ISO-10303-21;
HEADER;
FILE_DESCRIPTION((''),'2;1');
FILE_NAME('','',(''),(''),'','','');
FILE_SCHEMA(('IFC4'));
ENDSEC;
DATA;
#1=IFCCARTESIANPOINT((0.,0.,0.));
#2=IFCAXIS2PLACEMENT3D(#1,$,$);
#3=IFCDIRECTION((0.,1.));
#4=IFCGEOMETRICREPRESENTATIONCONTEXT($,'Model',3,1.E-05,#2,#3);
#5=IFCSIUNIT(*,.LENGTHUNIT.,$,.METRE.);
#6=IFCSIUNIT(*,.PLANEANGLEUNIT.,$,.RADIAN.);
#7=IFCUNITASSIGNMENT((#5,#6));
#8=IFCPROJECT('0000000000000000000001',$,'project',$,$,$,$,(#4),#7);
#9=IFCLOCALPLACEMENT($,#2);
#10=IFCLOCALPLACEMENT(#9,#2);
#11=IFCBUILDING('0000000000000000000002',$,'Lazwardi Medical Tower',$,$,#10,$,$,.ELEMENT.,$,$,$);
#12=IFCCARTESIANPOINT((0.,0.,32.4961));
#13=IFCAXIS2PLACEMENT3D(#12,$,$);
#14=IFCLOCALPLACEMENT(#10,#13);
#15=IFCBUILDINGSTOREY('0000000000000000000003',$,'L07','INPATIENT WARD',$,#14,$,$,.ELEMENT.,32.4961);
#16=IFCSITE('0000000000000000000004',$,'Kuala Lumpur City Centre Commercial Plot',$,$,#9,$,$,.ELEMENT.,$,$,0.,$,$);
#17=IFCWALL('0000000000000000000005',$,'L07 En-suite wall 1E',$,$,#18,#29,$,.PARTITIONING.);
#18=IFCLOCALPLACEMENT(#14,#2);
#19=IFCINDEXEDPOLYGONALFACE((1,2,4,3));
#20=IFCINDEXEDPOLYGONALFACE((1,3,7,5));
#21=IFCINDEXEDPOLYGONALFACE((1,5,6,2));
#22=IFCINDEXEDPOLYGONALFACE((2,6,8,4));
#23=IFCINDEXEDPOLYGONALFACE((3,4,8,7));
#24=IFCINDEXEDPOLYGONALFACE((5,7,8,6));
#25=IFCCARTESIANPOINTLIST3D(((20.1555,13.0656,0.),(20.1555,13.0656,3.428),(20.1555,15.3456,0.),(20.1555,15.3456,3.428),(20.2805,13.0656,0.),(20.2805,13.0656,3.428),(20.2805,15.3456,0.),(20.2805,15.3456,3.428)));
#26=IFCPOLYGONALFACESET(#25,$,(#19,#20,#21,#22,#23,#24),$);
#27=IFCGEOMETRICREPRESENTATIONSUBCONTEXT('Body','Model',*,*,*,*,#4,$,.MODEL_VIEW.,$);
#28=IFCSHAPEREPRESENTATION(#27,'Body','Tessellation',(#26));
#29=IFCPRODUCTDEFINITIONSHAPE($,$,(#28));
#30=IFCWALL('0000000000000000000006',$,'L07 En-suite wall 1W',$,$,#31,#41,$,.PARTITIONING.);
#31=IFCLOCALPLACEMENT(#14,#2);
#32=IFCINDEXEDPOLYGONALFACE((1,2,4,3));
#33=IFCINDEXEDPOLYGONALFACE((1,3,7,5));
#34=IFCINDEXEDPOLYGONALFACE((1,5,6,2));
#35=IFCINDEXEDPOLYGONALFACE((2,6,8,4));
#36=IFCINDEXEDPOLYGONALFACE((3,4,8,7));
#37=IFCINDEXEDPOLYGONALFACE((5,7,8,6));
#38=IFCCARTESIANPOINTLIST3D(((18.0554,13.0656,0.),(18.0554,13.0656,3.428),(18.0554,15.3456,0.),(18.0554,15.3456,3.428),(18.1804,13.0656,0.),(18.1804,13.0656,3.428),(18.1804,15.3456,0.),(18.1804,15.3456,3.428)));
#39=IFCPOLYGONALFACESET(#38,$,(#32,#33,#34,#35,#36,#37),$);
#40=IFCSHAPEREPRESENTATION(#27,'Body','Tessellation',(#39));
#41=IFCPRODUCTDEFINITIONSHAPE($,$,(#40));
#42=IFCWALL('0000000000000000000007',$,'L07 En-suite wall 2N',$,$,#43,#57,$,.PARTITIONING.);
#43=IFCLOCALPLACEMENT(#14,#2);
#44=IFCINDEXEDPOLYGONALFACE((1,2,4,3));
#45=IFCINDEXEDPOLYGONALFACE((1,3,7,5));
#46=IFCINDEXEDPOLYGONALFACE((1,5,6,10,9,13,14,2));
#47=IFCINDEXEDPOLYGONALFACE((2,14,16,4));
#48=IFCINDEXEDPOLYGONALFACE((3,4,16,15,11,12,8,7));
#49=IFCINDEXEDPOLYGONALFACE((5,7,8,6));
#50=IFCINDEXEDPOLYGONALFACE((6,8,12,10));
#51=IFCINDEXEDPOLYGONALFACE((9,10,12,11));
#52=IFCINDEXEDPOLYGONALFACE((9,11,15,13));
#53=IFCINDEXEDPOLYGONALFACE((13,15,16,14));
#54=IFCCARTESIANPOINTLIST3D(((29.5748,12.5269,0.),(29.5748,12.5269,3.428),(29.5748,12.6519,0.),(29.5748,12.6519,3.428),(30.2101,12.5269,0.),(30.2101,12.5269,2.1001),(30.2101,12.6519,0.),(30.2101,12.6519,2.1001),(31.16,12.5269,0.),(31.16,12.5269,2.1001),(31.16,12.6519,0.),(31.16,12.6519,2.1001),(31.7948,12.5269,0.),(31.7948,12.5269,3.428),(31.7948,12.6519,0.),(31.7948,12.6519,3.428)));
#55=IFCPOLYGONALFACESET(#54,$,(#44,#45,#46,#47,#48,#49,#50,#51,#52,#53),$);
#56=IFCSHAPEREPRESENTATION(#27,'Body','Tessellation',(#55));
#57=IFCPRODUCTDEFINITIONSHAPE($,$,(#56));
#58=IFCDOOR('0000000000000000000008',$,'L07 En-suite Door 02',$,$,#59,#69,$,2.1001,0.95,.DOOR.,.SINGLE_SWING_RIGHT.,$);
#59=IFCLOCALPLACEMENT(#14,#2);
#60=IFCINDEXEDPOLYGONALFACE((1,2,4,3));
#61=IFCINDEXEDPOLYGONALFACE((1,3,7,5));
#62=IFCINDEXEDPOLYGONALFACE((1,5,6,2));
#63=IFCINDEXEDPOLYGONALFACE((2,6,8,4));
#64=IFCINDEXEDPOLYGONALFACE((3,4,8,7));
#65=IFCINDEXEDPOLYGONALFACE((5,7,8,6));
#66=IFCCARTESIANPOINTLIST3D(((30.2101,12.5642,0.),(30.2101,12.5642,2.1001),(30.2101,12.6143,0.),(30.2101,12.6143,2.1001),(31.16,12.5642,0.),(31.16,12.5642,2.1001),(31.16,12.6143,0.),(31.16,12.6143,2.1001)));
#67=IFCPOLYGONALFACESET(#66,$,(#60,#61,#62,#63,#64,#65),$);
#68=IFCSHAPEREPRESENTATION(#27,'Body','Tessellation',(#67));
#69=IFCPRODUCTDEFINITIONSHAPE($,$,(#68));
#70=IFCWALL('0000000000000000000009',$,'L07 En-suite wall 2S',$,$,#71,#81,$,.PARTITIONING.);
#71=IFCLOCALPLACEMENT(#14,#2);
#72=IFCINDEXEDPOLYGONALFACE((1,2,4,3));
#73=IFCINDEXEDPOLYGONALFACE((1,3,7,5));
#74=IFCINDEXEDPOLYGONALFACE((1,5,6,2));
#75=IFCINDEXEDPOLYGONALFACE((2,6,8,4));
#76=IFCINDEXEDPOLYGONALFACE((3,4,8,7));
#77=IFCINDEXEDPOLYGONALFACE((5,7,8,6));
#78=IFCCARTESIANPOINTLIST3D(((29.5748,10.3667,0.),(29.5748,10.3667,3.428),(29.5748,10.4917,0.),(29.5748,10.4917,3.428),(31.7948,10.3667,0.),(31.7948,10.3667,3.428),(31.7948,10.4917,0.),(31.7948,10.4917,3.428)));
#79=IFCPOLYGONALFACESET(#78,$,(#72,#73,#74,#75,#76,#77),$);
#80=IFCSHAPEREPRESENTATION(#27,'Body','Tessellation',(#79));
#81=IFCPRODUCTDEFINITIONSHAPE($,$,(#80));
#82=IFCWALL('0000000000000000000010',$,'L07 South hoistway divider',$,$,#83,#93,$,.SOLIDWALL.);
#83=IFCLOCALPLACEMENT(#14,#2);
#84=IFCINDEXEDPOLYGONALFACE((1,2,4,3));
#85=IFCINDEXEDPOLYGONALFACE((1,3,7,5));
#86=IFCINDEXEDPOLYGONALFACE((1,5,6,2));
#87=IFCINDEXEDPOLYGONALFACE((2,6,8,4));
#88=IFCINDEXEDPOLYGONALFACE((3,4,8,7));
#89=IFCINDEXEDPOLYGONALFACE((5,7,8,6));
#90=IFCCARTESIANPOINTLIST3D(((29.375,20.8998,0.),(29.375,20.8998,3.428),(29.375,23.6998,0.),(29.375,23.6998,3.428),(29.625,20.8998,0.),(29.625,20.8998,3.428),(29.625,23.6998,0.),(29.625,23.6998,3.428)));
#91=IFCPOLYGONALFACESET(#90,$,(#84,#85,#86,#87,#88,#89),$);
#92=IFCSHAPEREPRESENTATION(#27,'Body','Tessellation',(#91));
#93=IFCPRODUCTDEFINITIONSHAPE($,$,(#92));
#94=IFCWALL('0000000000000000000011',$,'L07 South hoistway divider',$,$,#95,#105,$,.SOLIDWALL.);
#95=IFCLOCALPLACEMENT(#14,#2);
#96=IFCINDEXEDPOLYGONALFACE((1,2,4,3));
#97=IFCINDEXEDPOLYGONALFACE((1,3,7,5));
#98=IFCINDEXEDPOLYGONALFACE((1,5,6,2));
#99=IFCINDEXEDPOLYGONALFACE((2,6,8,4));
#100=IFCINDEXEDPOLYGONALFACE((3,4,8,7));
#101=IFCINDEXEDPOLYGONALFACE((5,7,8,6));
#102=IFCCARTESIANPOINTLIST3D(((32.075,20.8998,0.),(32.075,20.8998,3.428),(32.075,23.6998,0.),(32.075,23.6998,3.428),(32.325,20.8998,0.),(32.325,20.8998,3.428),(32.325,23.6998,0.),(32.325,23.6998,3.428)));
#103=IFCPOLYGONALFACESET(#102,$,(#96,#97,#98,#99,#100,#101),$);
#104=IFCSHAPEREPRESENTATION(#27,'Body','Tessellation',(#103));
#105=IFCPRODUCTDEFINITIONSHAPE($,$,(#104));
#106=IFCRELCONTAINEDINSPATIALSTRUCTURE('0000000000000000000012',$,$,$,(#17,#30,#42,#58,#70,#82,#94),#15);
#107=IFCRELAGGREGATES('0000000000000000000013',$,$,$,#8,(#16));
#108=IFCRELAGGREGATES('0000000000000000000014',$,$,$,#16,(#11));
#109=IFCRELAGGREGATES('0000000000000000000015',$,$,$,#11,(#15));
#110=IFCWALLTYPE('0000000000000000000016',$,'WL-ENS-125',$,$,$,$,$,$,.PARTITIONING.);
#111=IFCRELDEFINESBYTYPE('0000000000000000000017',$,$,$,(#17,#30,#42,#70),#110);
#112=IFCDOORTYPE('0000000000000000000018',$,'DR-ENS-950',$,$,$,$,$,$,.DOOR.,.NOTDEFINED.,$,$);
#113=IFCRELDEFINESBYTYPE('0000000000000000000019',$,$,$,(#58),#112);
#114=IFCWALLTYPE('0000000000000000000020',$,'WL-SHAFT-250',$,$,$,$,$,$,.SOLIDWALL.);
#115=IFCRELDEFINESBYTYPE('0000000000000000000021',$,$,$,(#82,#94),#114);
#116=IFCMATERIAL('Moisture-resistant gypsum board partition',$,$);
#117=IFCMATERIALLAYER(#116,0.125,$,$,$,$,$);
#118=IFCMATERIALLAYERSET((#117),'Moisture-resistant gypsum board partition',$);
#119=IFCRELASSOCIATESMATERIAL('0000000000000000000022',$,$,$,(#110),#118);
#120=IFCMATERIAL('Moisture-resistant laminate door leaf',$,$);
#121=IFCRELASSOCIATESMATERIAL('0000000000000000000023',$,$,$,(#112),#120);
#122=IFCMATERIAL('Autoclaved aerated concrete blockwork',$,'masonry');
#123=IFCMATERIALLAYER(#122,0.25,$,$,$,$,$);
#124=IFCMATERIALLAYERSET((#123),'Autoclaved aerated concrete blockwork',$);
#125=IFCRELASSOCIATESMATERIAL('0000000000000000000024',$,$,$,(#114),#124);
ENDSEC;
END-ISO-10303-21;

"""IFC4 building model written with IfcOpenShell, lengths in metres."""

from ifc_helpers import new_model, si_unit, direction, frame, frame_2d, origin, place, context, subcontext, project, spatial, rectangle, extrude, material, layer, layer_set, type_object, element, fill, save


model = new_model("IFC4")

# Units and contexts
model_context = context("Model", 3, precision=1e-05, world=origin(), true_north=direction((0.0, 1.0)))
body_context = subcontext(model_context, "Body", "Model", "MODEL_VIEW")
ifc_project = project(units=[si_unit("LENGTHUNIT", "METRE"), si_unit("PLANEANGLEUNIT", "RADIAN")], contexts=[model_context])

# Site, building, storey
site_placement = place(None, origin())
site = spatial("IfcSite", under=ifc_project, at=site_placement, Name="Kuala Lumpur City Centre Commercial Plot", CompositionType="ELEMENT", RefElevation=0.0)
building_placement = place(site_placement, origin())
building = spatial("IfcBuilding", under=site, at=building_placement, Name="Lazwardi Medical Tower", CompositionType="ELEMENT")
storey_placement = place(building_placement, frame((0.0, 0.0, 32.4961)))
storey = spatial("IfcBuildingStorey", under=building, at=storey_placement, Name="L07", Description="INPATIENT WARD", CompositionType="ELEMENT", Elevation=32.4961)

# Walls
ifc_material_1 = material(Name="Moisture-resistant gypsum board partition")
ifc_layer_1 = layer(ifc_material_1, 0.125)
ifc_layer_set_1 = layer_set([ifc_layer_1], Name="Moisture-resistant gypsum board partition")
wall_type_1 = type_object("IfcWallType", Name="WL-ENS-125", PredefinedType="PARTITIONING", material=ifc_layer_set_1)
for number, where, z_axis, x_axis, name in (
    (1, (20.218, 13.0654, 0.0), (0.0, 0.0, 1.0), (0.0, 1.0, 0.0), "L07 En-suite wall 1E"),
    (2, (18.1179, 13.0654, 0.0), (0.0, 0.0, 1.0), (0.0, 1.0, 0.0), "L07 En-suite wall 1W"),
):
    element("IfcWall", number, at=place(storey_placement, frame(where, z_axis=z_axis, x_axis=x_axis)), inside=storey, type_object=wall_type_1, Name=name, PredefinedType="PARTITIONING", context=body_context, shape_type="SweptSolid", body=[
        extrude(rectangle(XDim=2.28, YDim=0.125, at=frame_2d((1.1401, 0.0))), origin(), (0.0, 0.0, 1.0), 3.428),
    ])

# Wall, opening, door
wall_1_placement = place(storey_placement, frame((29.575, 12.5894, 0.0), z_axis=(0.0, 0.0, 1.0), x_axis=(1.0, 0.0, 0.0)))
wall_1 = element("IfcWall", 3, at=wall_1_placement, inside=storey, type_object=wall_type_1, Name="L07 En-suite wall 2N", PredefinedType="PARTITIONING", context=body_context, shape_type="SweptSolid", body=[
    extrude(rectangle(XDim=2.22, YDim=0.125, at=frame_2d((1.1099, 0.0))), origin(), (0.0, 0.0, 1.0), 3.428),
])
opening_1_placement = place(wall_1_placement, frame((0.635, 0.0, 0.0)))
opening_1 = element("IfcOpeningElement", 4, at=opening_1_placement, cuts=wall_1, PredefinedType="OPENING", context=body_context, shape_type="SweptSolid", body=[
    extrude(rectangle(XDim=0.95, YDim=2.1001, at=frame_2d((0.4751, 1.05))), frame((0.0, 0.0725, 0.0), z_axis=(0.0, -1.0, 0.0), x_axis=(1.0, 0.0, 0.0)), (0.0, 0.0, 1.0), 0.145),
])
ifc_material_2 = material(Name="Moisture-resistant laminate door leaf")
door_type_1 = type_object("IfcDoorType", Name="DR-ENS-950", OperationType="NOTDEFINED", PredefinedType="DOOR", material=ifc_material_2)
door_1_placement = place(opening_1_placement, origin())
door_1 = element("IfcDoor", 5, at=door_1_placement, inside=storey, type_object=door_type_1, Name="L07 En-suite Door 02", OperationType="SINGLE_SWING_RIGHT", OverallHeight=2.1001, OverallWidth=0.95, PredefinedType="DOOR", context=body_context, shape_type="SweptSolid", body=[
    extrude(rectangle(XDim=0.95, YDim=2.1001, at=frame_2d((0.4751, 1.05))), frame((0.0, 0.0249, 0.0), z_axis=(0.0, -1.0, 0.0), x_axis=(1.0, 0.0, 0.0)), (0.0, 0.0, 1.0), 0.05),
])
fill(opening_1, door_1)

# Walls
wall_2_placement = place(storey_placement, frame((29.575, 10.4292, 0.0), z_axis=(0.0, 0.0, 1.0), x_axis=(1.0, 0.0, 0.0)))
element("IfcWall", 6, at=wall_2_placement, inside=storey, type_object=wall_type_1, Name="L07 En-suite wall 2S", PredefinedType="PARTITIONING", context=body_context, shape_type="SweptSolid", body=[
    extrude(rectangle(XDim=2.22, YDim=0.125, at=frame_2d((1.1099, 0.0))), origin(), (0.0, 0.0, 1.0), 3.428),
])
ifc_material_3 = material(Name="Autoclaved aerated concrete blockwork", Category="masonry")
ifc_layer_2 = layer(ifc_material_3, 0.25)
ifc_layer_set_2 = layer_set([ifc_layer_2], Name="Autoclaved aerated concrete blockwork")
wall_type_2 = type_object("IfcWallType", Name="WL-SHAFT-250", PredefinedType="SOLIDWALL", material=ifc_layer_set_2)
for number, where, z_axis, x_axis, name in (
    (7, (29.5, 20.8999, 0.0), (0.0, 0.0, 1.0), (0.0, 1.0, 0.0), "L07 South hoistway divider"),
    (8, (32.2, 20.8999, 0.0), (0.0, 0.0, 1.0), (0.0, 1.0, 0.0), "L07 South hoistway divider"),
):
    element("IfcWall", number, at=place(storey_placement, frame(where, z_axis=z_axis, x_axis=x_axis)), inside=storey, type_object=wall_type_2, Name=name, PredefinedType="SOLIDWALL", context=body_context, shape_type="SweptSolid", body=[
        extrude(rectangle(XDim=2.8, YDim=0.25, at=frame_2d((1.3999, 0.0))), origin(), (0.0, 0.0, 1.0), 3.428),
    ])

save(model, "model.ifc")
